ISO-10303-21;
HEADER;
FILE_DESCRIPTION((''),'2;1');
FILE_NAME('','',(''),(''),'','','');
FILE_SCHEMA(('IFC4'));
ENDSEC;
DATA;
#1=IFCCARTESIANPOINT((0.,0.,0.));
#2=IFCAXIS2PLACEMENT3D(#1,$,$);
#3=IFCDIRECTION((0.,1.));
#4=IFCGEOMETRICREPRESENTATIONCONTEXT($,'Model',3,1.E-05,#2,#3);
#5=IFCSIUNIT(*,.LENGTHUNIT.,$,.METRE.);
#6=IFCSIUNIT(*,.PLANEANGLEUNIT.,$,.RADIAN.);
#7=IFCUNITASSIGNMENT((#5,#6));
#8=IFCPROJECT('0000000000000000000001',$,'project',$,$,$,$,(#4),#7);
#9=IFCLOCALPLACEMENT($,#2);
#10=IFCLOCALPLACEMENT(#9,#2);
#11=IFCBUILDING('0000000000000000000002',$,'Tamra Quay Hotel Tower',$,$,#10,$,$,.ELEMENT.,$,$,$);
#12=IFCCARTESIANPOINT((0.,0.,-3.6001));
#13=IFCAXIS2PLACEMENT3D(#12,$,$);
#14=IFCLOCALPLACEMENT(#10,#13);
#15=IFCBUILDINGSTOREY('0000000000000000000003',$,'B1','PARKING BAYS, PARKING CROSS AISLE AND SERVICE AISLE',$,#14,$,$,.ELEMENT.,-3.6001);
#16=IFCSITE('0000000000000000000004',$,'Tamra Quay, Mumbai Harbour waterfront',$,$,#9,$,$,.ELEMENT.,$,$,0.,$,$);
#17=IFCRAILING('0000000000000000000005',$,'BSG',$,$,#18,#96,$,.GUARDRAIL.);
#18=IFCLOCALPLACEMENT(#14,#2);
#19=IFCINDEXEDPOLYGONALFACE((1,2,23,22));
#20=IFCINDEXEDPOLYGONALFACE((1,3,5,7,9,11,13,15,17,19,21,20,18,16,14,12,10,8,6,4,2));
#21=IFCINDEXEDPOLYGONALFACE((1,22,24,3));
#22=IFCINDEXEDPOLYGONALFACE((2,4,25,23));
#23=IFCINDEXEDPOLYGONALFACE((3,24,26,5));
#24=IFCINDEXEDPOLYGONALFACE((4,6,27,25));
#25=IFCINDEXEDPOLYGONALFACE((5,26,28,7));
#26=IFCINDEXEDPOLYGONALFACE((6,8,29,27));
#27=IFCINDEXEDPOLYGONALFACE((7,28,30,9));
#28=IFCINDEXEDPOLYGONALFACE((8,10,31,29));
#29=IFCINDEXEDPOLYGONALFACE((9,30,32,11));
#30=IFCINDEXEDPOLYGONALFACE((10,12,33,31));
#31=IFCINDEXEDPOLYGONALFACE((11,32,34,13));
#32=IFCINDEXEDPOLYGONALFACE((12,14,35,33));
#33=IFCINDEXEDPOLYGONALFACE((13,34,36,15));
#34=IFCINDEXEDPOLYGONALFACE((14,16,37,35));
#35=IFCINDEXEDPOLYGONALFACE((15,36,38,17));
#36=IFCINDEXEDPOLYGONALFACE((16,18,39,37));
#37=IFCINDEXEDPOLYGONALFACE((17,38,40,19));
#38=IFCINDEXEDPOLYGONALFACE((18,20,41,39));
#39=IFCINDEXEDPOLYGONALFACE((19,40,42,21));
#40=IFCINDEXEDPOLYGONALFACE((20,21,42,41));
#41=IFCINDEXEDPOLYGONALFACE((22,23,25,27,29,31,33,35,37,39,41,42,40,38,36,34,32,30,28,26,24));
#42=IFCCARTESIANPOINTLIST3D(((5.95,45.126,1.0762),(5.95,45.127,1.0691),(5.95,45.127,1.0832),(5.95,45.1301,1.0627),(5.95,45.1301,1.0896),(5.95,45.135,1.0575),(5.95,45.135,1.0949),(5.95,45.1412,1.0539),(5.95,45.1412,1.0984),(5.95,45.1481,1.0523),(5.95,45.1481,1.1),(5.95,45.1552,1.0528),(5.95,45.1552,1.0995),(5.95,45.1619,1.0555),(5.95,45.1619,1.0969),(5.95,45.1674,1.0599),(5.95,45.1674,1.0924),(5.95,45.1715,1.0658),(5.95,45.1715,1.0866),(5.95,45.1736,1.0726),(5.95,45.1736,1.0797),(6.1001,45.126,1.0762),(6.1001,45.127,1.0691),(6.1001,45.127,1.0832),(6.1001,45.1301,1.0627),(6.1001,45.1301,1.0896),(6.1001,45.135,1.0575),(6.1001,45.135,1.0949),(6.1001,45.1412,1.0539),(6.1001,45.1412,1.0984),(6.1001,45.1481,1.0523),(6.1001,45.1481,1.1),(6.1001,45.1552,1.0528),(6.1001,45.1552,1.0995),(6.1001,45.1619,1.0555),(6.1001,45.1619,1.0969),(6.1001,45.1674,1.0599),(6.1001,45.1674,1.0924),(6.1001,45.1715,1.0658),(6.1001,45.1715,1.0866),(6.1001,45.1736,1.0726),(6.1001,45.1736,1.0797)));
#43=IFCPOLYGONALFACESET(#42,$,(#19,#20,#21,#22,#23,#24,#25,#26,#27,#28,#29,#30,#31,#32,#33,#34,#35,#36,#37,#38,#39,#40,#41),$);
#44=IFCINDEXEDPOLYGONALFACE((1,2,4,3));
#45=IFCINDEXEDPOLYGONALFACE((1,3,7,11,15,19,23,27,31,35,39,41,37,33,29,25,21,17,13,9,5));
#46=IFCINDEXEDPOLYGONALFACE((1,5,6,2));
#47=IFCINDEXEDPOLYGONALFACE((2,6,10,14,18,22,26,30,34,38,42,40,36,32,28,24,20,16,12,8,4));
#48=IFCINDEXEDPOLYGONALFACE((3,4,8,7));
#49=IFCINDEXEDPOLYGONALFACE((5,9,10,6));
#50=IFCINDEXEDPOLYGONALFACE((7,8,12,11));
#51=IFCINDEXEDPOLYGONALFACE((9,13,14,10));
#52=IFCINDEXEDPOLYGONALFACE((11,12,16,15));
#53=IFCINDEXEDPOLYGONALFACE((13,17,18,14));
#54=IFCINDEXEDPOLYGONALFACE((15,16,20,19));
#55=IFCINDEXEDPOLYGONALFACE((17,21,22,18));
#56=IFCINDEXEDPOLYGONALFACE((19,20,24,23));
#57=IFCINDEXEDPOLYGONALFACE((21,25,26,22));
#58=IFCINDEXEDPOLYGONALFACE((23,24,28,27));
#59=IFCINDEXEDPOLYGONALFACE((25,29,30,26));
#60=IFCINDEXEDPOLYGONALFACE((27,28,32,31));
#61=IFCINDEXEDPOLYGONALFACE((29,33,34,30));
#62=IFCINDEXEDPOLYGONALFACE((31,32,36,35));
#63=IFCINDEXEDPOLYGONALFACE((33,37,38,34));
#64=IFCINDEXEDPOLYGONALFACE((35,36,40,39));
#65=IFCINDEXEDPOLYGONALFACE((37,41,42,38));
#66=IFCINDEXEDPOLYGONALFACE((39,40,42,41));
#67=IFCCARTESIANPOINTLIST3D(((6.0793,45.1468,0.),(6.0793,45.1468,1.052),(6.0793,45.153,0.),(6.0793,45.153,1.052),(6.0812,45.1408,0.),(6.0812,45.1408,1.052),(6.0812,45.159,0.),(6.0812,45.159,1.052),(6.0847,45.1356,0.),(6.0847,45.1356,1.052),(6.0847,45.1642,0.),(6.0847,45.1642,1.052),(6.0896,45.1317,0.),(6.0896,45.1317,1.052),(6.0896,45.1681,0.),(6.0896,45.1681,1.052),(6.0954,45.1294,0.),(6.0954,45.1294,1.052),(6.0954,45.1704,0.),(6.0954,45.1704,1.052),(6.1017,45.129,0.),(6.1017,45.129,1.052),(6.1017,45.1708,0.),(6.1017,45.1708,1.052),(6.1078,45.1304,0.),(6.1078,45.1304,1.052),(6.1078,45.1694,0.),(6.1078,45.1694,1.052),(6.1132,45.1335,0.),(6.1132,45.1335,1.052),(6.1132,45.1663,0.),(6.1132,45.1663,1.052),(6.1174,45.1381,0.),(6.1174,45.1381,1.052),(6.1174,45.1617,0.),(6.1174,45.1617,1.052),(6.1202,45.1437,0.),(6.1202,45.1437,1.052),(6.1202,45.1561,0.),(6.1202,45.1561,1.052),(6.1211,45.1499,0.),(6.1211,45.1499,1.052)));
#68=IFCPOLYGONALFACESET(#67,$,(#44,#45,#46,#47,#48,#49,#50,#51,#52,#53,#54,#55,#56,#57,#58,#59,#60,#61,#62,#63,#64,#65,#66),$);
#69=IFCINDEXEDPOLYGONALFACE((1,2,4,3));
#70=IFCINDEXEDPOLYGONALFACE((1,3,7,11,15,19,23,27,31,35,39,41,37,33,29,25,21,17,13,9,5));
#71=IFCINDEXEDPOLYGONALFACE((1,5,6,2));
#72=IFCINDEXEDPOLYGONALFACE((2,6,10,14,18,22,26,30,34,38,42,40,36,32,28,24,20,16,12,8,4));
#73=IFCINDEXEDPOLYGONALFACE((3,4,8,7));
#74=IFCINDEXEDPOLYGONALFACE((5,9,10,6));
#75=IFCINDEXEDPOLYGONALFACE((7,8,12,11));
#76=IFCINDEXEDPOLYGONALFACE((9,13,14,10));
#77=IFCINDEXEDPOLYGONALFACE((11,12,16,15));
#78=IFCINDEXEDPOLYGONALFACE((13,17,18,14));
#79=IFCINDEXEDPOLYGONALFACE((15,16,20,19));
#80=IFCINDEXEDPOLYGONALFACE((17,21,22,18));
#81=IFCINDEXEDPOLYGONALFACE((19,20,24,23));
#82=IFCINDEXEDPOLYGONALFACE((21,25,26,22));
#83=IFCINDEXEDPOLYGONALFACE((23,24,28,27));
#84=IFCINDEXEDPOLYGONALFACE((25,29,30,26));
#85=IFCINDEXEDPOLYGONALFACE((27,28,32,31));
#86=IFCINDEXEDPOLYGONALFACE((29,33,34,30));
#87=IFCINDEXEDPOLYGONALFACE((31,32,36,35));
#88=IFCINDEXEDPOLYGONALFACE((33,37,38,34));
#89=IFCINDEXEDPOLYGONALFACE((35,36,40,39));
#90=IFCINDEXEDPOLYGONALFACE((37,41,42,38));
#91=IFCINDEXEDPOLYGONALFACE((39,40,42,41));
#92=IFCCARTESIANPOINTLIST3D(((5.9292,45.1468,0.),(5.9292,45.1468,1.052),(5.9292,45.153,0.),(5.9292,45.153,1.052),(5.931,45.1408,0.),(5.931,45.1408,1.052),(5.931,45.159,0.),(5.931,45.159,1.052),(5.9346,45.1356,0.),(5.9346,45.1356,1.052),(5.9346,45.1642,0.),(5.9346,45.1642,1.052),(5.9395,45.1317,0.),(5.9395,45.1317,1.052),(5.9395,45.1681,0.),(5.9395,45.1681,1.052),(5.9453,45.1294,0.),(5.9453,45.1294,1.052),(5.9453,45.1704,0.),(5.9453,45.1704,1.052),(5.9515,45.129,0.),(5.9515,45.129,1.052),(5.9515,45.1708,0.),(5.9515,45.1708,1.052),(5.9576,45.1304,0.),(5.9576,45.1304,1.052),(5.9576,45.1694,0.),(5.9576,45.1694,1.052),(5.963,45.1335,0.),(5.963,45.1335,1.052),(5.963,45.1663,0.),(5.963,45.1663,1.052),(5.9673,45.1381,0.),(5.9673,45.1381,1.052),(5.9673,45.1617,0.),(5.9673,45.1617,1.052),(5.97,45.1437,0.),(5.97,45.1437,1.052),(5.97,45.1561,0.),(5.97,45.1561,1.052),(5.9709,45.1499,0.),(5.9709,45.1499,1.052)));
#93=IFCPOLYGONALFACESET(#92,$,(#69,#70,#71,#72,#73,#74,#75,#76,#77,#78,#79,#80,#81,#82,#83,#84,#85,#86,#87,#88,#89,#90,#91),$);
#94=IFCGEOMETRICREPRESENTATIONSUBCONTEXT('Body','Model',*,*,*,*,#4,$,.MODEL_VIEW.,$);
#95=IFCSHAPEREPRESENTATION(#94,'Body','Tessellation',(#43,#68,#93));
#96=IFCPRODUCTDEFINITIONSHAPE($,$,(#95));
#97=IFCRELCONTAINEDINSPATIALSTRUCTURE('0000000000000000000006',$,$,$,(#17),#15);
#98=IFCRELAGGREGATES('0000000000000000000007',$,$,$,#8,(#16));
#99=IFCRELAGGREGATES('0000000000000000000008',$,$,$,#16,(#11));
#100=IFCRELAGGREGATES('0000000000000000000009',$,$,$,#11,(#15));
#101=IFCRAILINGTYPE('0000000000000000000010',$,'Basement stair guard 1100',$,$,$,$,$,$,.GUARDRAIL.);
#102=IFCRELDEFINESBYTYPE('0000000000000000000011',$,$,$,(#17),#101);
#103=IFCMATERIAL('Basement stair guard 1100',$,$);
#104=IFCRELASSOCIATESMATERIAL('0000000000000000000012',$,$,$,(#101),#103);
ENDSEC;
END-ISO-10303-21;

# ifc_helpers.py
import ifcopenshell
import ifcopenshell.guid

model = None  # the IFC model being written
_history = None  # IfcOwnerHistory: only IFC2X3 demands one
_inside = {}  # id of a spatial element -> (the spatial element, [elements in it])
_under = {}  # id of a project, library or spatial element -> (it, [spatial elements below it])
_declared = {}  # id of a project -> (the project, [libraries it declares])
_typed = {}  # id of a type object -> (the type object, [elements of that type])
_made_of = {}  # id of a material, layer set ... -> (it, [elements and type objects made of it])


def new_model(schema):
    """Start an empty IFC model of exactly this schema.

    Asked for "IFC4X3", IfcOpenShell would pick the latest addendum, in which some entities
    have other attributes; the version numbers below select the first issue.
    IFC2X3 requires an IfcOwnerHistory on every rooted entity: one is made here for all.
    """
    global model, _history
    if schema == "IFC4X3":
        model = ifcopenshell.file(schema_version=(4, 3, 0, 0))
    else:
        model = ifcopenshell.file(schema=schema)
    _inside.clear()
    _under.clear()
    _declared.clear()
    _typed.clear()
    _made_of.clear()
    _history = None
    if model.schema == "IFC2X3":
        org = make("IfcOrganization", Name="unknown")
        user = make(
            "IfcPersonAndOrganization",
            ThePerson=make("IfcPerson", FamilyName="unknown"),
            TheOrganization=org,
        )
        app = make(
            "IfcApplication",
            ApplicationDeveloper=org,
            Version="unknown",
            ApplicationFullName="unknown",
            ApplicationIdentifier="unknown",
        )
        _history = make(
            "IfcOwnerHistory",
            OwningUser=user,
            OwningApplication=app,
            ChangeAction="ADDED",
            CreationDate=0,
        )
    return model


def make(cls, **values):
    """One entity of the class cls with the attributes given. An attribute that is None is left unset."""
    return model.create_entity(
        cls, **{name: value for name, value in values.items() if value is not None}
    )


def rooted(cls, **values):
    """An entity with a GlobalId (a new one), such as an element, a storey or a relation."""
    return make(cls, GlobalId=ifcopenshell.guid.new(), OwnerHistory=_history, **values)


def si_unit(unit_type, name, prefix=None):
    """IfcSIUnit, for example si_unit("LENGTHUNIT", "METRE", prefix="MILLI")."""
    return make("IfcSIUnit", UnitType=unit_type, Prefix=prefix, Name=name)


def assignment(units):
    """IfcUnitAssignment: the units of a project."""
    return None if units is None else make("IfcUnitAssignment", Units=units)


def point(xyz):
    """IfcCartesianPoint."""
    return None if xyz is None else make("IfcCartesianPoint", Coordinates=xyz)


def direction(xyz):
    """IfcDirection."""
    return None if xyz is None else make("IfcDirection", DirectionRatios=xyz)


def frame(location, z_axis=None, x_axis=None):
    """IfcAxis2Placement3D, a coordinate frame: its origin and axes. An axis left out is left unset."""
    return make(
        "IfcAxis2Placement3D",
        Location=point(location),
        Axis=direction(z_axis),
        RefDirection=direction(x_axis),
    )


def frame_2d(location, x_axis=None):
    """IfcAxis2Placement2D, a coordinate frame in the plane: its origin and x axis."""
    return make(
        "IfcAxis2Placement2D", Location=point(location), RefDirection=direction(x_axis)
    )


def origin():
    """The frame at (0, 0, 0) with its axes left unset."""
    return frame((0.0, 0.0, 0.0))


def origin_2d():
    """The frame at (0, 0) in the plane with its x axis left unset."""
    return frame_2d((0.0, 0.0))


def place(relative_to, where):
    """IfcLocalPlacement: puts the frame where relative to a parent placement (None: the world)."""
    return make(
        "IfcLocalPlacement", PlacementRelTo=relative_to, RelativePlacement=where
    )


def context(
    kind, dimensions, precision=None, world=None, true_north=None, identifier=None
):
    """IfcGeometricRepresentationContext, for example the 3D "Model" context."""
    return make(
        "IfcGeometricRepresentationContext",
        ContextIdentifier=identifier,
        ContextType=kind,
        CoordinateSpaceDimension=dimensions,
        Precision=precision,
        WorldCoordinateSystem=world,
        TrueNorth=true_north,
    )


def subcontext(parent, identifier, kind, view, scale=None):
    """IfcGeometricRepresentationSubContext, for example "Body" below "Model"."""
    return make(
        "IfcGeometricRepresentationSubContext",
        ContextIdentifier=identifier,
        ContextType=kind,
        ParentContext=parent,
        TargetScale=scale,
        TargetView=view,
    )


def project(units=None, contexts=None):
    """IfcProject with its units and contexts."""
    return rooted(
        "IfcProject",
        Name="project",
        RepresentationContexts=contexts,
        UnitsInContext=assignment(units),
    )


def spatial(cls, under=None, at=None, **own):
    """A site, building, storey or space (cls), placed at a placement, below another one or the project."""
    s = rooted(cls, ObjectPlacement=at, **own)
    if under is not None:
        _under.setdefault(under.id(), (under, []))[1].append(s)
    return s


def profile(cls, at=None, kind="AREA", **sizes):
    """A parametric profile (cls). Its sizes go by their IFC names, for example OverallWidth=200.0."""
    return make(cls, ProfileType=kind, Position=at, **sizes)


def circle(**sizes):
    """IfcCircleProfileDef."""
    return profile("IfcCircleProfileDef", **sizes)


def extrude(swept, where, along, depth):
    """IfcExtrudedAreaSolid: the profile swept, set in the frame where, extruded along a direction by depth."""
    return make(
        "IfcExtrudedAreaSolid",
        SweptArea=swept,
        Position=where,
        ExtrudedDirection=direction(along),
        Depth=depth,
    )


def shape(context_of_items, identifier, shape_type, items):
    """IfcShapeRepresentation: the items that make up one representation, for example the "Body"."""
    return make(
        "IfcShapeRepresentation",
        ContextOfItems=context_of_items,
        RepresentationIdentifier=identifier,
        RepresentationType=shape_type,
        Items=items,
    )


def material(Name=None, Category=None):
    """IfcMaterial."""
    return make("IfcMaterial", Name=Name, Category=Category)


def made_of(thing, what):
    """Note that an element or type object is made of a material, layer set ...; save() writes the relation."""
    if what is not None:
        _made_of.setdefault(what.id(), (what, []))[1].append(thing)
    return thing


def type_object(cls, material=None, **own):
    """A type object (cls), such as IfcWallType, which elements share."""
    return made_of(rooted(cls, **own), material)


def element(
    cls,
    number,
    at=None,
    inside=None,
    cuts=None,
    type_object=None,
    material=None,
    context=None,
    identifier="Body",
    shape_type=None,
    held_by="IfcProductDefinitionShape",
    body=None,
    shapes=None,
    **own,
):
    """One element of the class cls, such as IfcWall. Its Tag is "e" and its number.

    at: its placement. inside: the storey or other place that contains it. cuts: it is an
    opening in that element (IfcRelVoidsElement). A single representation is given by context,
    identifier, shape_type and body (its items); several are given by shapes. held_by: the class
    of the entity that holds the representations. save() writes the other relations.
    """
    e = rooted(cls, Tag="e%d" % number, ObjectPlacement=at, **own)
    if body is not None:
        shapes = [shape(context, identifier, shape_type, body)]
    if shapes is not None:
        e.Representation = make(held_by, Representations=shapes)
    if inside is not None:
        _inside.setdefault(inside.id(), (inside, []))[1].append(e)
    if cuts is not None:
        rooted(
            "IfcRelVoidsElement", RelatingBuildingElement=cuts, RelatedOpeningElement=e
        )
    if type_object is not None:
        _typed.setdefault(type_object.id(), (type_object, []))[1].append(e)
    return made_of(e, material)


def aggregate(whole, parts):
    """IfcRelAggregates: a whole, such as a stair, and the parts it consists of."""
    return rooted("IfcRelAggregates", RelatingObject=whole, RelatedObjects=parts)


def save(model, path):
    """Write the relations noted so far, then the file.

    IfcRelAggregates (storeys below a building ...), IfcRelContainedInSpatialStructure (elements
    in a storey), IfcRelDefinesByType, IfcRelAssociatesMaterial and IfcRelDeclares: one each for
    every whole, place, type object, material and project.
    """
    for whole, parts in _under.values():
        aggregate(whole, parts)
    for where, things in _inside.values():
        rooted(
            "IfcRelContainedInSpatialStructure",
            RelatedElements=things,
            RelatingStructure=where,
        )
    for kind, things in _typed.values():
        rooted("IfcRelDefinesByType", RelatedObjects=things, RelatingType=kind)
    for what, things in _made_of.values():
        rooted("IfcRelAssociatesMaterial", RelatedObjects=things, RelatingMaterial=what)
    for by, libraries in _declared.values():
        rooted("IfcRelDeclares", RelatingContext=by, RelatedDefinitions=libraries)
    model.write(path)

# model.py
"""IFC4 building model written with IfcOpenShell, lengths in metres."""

from ifc_helpers import new_model, si_unit, direction, frame, origin, origin_2d, place, context, subcontext, project, spatial, circle, extrude, material, type_object, element, save


model = new_model("IFC4")

# Units and contexts
model_context = context("Model", 3, precision=1e-05, world=origin(), true_north=direction((0.0, 1.0)))
body_context = subcontext(model_context, "Body", "Model", "MODEL_VIEW")
ifc_project = project(units=[si_unit("LENGTHUNIT", "METRE"), si_unit("PLANEANGLEUNIT", "RADIAN")], contexts=[model_context])

# Site, building, storey
site_placement = place(None, origin())
site = spatial("IfcSite", under=ifc_project, at=site_placement, Name="Tamra Quay, Mumbai Harbour waterfront", CompositionType="ELEMENT", RefElevation=0.0)
building_placement = place(site_placement, origin())
building = spatial("IfcBuilding", under=site, at=building_placement, Name="Tamra Quay Hotel Tower", CompositionType="ELEMENT")
storey_placement = place(building_placement, frame((0.0, 0.0, -3.6001)))
storey = spatial("IfcBuildingStorey", under=building, at=storey_placement, Name="B1", Description="PARKING BAYS, PARKING CROSS AISLE AND SERVICE AISLE", CompositionType="ELEMENT", Elevation=-3.6001)

# Railing
ifc_material_1 = material(Name="Basement stair guard 1100")
railing_type_1 = type_object("IfcRailingType", Name="Basement stair guard 1100", PredefinedType="GUARDRAIL", material=ifc_material_1)
railing_1_placement = place(storey_placement, frame((6.1001, 45.1499, 0.0)))
element("IfcRailing", 1, at=railing_1_placement, inside=storey, type_object=railing_type_1, Name="BSG", PredefinedType="GUARDRAIL", context=body_context, shape_type="SweptSolid", body=[
    extrude(circle(Radius=0.0239, at=origin_2d()), frame((0.0, 0.0, 1.0762), z_axis=(-1.0, 0.0, 0.0), x_axis=(0.0, -1.0, 0.0)), (0.0, 0.0, 1.0), 0.1501),
    extrude(circle(Radius=0.021, at=origin_2d()), origin(), (0.0, 0.0, 1.0), 1.052),
    extrude(circle(Radius=0.021, at=origin_2d()), frame((-0.1501, 0.0, 0.0)), (0.0, 0.0, 1.0), 1.052),
])

save(model, "model.ifc")
